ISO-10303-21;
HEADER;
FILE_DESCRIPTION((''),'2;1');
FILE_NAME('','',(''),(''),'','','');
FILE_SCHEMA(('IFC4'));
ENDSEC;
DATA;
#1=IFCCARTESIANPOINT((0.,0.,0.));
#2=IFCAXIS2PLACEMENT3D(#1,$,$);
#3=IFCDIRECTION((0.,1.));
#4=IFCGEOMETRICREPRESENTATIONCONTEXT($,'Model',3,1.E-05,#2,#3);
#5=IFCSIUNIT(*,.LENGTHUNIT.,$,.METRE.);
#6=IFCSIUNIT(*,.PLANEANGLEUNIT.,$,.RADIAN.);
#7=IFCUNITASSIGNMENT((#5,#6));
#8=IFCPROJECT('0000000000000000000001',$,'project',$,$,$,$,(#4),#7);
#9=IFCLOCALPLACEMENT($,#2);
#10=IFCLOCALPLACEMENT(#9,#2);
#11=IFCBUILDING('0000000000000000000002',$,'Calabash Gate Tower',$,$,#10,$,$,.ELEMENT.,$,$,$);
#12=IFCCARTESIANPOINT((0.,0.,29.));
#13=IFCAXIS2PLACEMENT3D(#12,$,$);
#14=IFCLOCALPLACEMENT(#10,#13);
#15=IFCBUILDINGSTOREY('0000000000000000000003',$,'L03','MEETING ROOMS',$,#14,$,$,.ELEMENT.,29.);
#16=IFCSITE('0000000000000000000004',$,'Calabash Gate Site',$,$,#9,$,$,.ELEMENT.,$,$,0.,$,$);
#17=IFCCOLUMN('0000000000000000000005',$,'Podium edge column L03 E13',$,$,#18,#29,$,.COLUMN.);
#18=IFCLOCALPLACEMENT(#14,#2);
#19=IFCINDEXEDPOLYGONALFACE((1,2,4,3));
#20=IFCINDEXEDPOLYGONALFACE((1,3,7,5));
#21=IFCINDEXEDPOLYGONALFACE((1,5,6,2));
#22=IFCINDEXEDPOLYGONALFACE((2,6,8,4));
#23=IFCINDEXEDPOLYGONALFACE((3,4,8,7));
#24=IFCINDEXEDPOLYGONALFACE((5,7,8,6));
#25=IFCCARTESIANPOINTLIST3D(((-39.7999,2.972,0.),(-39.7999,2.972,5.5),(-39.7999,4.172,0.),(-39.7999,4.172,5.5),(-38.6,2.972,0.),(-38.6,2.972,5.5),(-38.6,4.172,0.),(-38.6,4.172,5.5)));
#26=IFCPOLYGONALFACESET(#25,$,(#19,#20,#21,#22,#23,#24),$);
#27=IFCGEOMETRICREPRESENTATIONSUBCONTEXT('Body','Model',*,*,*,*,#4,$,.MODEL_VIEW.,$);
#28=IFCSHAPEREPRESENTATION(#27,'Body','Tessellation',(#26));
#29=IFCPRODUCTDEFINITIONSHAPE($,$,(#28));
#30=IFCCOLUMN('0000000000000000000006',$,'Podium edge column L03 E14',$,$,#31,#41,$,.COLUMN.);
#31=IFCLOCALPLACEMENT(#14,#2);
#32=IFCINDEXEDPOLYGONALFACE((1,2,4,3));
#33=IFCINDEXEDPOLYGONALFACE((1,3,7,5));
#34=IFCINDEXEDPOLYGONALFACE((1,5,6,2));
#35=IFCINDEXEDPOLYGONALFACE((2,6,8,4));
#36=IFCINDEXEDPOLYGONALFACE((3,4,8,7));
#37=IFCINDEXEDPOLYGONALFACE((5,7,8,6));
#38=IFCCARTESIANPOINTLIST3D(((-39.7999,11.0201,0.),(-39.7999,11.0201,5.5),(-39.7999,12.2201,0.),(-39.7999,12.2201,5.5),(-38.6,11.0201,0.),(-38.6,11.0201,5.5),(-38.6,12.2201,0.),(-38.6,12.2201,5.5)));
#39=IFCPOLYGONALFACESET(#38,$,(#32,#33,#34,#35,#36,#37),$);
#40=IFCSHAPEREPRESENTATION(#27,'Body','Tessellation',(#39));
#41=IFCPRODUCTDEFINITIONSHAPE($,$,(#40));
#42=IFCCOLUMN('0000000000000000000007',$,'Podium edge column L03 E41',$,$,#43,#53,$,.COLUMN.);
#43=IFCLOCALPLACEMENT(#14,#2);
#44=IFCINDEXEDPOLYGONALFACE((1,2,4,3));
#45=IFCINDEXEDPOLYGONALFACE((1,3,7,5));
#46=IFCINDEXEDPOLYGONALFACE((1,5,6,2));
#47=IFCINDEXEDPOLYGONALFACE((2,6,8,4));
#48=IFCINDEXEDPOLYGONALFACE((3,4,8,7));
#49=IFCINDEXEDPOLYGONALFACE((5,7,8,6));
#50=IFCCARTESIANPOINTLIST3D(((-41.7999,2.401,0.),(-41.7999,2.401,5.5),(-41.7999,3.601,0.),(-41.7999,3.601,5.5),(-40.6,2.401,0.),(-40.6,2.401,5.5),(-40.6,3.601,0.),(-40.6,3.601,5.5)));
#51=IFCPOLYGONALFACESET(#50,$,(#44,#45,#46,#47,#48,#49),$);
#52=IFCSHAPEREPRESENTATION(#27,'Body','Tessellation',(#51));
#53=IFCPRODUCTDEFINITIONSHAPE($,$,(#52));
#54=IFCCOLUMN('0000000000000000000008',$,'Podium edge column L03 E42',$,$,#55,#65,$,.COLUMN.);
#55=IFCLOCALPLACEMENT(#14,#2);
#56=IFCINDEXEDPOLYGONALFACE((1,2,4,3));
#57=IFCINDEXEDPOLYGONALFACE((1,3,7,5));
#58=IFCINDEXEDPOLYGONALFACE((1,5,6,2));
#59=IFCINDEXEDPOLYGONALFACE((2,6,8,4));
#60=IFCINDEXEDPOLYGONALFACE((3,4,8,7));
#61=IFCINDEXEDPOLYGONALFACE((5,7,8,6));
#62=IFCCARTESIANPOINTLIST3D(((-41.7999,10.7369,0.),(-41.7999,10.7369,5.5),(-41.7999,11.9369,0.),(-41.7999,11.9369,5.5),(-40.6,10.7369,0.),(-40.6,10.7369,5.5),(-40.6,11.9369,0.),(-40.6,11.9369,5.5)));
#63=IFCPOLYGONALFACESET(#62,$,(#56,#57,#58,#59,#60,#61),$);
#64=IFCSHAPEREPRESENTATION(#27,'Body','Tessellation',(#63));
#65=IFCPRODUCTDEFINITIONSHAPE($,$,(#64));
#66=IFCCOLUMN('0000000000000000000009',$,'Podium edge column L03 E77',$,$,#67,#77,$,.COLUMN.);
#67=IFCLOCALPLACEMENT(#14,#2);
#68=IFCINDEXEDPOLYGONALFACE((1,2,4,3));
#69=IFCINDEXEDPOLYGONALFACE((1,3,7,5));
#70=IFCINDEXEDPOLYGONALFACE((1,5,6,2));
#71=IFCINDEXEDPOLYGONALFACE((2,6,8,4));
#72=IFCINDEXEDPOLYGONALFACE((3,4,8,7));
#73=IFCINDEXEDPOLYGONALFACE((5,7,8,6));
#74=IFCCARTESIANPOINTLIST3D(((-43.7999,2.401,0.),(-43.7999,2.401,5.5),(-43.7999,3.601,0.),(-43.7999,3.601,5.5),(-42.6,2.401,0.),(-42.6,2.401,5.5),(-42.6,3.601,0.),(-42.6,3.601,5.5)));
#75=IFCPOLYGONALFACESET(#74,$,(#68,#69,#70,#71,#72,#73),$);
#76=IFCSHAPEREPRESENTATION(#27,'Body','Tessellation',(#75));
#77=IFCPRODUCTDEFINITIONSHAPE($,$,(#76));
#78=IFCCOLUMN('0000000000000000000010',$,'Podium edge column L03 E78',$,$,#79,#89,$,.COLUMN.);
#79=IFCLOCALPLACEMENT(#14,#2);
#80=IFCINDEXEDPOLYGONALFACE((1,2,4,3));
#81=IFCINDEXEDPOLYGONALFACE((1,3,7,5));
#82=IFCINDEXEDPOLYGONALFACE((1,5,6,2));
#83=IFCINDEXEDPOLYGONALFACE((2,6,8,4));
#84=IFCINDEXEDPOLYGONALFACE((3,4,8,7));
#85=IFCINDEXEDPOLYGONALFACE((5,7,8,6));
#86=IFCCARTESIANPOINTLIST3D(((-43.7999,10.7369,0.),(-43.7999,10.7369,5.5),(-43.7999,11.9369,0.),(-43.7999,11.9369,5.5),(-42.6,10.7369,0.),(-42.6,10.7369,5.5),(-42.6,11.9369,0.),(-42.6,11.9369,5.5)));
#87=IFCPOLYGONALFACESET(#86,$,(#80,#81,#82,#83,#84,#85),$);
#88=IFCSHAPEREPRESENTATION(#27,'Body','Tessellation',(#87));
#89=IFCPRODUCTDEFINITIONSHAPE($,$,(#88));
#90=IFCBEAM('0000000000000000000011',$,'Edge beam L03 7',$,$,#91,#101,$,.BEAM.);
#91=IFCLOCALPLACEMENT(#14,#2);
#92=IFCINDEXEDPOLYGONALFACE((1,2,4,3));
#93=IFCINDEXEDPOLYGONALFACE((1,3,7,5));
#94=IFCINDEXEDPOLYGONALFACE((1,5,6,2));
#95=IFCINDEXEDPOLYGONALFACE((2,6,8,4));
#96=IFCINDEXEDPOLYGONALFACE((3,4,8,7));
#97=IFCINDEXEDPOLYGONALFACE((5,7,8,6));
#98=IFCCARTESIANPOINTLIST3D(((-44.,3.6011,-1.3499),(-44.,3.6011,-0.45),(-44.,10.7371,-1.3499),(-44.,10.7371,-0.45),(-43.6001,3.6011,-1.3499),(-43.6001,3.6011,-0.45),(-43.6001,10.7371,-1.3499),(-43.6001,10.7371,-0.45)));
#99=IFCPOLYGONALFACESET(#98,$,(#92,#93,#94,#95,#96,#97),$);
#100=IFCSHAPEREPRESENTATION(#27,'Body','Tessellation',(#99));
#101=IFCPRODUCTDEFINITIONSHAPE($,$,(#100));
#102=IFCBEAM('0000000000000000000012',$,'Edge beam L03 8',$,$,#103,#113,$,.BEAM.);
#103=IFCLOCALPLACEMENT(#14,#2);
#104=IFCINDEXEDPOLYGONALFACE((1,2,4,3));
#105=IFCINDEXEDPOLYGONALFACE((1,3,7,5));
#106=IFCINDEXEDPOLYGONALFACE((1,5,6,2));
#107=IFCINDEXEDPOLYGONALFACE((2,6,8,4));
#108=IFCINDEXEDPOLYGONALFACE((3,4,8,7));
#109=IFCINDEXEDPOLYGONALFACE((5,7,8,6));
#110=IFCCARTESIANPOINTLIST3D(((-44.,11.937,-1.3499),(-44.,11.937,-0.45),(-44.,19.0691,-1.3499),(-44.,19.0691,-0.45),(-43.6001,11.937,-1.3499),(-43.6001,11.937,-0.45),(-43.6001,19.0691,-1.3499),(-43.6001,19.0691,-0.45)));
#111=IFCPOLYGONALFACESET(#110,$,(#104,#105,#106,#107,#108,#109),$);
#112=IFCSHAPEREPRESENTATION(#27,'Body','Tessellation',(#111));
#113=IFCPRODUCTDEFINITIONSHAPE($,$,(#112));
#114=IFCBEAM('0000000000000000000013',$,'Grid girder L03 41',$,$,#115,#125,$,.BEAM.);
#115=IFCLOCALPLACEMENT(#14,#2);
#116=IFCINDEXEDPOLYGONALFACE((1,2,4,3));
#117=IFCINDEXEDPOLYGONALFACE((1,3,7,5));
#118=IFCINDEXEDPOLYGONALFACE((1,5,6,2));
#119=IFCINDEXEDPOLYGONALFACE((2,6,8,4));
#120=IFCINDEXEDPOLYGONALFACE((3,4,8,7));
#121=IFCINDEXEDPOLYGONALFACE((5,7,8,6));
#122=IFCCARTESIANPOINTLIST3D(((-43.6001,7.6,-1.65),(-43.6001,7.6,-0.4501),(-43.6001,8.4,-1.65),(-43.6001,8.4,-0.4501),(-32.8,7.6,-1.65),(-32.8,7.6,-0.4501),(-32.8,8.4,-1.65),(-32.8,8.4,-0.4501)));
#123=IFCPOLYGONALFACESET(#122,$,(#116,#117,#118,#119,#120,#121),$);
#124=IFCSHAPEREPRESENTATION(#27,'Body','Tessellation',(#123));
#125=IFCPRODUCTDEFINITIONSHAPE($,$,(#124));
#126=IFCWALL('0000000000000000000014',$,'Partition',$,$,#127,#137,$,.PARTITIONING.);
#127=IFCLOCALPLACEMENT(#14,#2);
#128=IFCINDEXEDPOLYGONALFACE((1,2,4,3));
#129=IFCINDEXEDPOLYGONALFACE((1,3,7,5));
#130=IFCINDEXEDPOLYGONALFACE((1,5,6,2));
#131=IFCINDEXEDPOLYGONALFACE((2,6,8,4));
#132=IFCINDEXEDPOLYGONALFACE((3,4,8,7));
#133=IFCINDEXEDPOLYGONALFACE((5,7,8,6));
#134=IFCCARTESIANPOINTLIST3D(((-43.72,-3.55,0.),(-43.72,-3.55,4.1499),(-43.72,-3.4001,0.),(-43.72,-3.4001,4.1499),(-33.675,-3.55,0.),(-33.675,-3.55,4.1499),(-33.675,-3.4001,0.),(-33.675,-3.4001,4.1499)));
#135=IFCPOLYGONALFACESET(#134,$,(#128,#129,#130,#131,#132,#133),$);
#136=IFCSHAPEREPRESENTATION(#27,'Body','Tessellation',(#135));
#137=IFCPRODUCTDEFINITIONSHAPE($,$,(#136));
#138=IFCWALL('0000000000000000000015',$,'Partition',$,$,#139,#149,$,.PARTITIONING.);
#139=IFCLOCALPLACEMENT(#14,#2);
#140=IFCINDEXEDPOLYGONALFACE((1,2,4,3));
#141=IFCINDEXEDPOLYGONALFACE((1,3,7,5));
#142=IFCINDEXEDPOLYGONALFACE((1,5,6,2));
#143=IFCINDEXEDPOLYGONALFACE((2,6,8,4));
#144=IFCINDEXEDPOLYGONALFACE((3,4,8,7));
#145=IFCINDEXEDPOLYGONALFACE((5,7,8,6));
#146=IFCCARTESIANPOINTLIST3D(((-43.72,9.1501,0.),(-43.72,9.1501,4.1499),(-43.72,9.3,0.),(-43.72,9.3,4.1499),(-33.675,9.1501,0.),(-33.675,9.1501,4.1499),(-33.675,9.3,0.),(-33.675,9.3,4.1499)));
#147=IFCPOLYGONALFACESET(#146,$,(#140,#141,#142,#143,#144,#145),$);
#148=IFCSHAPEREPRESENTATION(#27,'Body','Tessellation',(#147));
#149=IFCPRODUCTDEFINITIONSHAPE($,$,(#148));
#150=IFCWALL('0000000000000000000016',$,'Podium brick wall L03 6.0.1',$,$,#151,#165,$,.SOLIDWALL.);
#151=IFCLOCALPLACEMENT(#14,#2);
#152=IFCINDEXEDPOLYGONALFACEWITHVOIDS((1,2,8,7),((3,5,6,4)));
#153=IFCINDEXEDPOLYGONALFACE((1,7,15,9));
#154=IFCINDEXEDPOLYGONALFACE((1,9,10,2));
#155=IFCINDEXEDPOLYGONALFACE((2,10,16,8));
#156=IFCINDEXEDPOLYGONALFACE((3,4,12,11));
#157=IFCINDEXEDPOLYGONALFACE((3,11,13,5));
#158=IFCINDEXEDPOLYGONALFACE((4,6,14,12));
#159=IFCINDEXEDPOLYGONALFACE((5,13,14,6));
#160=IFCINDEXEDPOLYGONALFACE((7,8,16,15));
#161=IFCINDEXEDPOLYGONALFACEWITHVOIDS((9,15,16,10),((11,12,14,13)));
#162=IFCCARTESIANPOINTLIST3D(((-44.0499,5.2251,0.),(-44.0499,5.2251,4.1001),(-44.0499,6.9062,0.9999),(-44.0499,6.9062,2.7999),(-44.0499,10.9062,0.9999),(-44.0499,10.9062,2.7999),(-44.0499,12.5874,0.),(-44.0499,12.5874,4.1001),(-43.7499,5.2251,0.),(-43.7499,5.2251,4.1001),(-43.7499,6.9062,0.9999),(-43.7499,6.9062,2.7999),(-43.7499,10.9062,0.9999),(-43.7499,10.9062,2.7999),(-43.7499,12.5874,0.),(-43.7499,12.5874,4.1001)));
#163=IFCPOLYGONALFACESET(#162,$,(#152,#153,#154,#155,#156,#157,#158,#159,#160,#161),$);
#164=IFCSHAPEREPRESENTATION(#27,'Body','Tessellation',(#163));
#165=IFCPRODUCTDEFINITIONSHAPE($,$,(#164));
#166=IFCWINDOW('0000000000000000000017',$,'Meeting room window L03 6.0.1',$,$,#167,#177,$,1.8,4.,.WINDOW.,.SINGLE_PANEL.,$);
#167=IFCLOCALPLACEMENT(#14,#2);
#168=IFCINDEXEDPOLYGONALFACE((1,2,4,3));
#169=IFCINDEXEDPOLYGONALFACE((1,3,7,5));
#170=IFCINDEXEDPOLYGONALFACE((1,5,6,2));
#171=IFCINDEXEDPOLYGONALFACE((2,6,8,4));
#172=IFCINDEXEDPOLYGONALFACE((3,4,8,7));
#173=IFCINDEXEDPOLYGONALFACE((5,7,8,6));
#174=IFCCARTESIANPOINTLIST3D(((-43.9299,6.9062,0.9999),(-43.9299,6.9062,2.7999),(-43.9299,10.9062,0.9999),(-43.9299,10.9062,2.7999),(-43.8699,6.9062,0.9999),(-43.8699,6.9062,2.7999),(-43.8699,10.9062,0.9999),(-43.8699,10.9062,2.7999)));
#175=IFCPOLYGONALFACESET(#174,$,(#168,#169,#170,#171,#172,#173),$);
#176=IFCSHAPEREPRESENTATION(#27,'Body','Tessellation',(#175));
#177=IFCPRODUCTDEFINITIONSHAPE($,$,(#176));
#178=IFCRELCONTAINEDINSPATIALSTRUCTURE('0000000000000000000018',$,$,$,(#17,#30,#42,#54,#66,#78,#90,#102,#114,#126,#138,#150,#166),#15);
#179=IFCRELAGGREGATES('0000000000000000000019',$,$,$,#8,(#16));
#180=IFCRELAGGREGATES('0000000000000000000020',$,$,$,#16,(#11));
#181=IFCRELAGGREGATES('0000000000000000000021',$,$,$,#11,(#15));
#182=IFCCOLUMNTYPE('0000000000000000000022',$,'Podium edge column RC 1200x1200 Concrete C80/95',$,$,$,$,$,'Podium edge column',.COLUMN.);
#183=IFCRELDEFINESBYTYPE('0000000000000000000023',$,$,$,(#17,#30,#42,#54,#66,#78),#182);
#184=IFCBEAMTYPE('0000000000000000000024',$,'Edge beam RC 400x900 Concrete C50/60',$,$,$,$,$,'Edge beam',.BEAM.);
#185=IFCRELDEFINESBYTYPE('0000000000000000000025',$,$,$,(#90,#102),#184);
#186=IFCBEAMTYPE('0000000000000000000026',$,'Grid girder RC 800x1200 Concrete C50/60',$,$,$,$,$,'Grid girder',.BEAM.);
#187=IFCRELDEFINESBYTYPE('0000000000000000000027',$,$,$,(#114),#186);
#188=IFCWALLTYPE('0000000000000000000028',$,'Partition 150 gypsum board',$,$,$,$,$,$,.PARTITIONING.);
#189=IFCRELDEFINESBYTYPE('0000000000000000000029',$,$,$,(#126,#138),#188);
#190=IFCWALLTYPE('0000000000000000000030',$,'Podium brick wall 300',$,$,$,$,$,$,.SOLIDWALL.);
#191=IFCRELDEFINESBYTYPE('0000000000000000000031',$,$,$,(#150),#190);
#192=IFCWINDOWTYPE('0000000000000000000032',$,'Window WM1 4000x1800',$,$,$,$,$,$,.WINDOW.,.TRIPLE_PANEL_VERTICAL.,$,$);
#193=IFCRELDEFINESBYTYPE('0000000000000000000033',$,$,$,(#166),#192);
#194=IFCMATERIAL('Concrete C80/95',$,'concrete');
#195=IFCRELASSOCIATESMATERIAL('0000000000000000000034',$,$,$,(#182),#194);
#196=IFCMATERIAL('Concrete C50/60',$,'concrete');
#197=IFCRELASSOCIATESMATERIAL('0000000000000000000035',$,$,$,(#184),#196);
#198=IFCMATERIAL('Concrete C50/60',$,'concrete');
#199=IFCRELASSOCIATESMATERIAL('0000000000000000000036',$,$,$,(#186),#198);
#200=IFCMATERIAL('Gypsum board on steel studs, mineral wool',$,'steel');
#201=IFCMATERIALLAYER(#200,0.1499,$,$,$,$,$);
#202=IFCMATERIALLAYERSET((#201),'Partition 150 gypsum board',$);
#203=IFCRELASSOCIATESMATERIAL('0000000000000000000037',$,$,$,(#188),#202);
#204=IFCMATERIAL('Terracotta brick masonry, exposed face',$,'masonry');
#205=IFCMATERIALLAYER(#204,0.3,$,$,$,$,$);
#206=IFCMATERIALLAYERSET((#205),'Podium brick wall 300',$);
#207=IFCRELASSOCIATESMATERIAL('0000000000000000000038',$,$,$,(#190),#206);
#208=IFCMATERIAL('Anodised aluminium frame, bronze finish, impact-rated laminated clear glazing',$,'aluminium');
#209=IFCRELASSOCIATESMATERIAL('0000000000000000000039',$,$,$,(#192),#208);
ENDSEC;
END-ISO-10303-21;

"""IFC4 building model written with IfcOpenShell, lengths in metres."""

from ifc_helpers import new_model, si_unit, direction, frame, frame_2d, origin, origin_2d, place, context, subcontext, project, spatial, rectangle, extrude, material, layer, layer_set, material_profile, profile_set, type_object, element, fill, save


model = new_model("IFC4")

# Units and contexts
model_context = context("Model", 3, precision=1e-05, world=origin(), true_north=direction((0.0, 1.0)))
body_context = subcontext(model_context, "Body", "Model", "MODEL_VIEW")
ifc_project = project(units=[si_unit("LENGTHUNIT", "METRE"), si_unit("PLANEANGLEUNIT", "RADIAN")], contexts=[model_context])

# Site, building, storey
site_placement = place(None, origin())
site = spatial("IfcSite", under=ifc_project, at=site_placement, Name="Calabash Gate Site", CompositionType="ELEMENT", RefElevation=0.0)
building_placement = place(site_placement, origin())
building = spatial("IfcBuilding", under=site, at=building_placement, Name="Calabash Gate Tower", CompositionType="ELEMENT")
storey_placement = place(building_placement, frame((0.0, 0.0, 29.0)))
storey = spatial("IfcBuildingStorey", under=building, at=storey_placement, Name="L03", Description="MEETING ROOMS", CompositionType="ELEMENT", Elevation=29.0)

# Columns
ifc_material_1 = material(Name="Concrete C80/95", Category="concrete")
ifc_material_profile_1 = material_profile(ifc_material_1, rectangle(XDim=1.2, YDim=1.2, at=origin_2d()))
ifc_profile_set_1 = profile_set([ifc_material_profile_1], Name="Concrete C80/95")
column_type = type_object("IfcColumnType", Name="Podium edge column RC 1200x1200 Concrete C80/95", ElementType="Podium edge column", PredefinedType="COLUMN", material=ifc_profile_set_1)
for number, where, z_axis, x_axis, name in (
    (1, (-39.2, 3.572, 0.0), (0.0, 0.0, 1.0), (1.0, 0.0, 0.0), "Podium edge column L03 E13"),
    (2, (-39.2, 11.6201, 0.0), (0.0, 0.0, 1.0), (1.0, 0.0, 0.0), "Podium edge column L03 E14"),
    (3, (-41.2, 3.001, 0.0), (0.0, 0.0, 1.0), (1.0, 0.0, 0.0), "Podium edge column L03 E41"),
    (4, (-41.2, 11.3369, 0.0), (0.0, 0.0, 1.0), (1.0, 0.0, 0.0), "Podium edge column L03 E42"),
    (5, (-43.2, 3.001, 0.0), (0.0, 0.0, 1.0), (1.0, 0.0, 0.0), "Podium edge column L03 E77"),
    (6, (-43.2, 11.3369, 0.0), (0.0, 0.0, 1.0), (1.0, 0.0, 0.0), "Podium edge column L03 E78"),
):
    element("IfcColumn", number, at=place(storey_placement, frame(where, z_axis=z_axis, x_axis=x_axis)), inside=storey, type_object=column_type, Name=name, PredefinedType="COLUMN", context=body_context, shape_type="SweptSolid", body=[
        extrude(rectangle(XDim=1.2, YDim=1.2, at=origin_2d()), origin(), (0.0, 0.0, 1.0), 5.5),
    ])

# Beams
ifc_material_2 = material(Name="Concrete C50/60", Category="concrete")
ifc_material_profile_2 = material_profile(ifc_material_2, rectangle(XDim=0.3999, YDim=0.8999, at=origin_2d()))
ifc_profile_set_2 = profile_set([ifc_material_profile_2], Name="Concrete C50/60")
beam_type_1 = type_object("IfcBeamType", Name="Edge beam RC 400x900 Concrete C50/60", ElementType="Edge beam", PredefinedType="BEAM", material=ifc_profile_set_2)
beam_1_placement = place(storey_placement, frame((-43.8, 3.6011, -0.8999), z_axis=(0.0, 1.0, 0.0), x_axis=(-1.0, 0.0, 0.0)))
element("IfcBeam", 7, at=beam_1_placement, inside=storey, type_object=beam_type_1, Name="Edge beam L03 7", PredefinedType="BEAM", context=body_context, shape_type="SweptSolid", body=[
    extrude(rectangle(XDim=0.3999, YDim=0.8999, at=origin_2d()), origin(), (0.0, 0.0, 1.0), 7.136),
])
beam_2_placement = place(storey_placement, frame((-43.8, 11.937, -0.8999), z_axis=(0.0, 1.0, 0.0), x_axis=(-1.0, 0.0, 0.0)))
element("IfcBeam", 8, at=beam_2_placement, inside=storey, type_object=beam_type_1, Name="Edge beam L03 8", PredefinedType="BEAM", context=body_context, shape_type="SweptSolid", body=[
    extrude(rectangle(XDim=0.3999, YDim=0.8999, at=origin_2d()), origin(), (0.0, 0.0, 1.0), 7.1321),
])
ifc_material_3 = material(Name="Concrete C50/60", Category="concrete")
ifc_material_profile_3 = material_profile(ifc_material_3, rectangle(XDim=0.8, YDim=1.2, at=origin_2d()))
ifc_profile_set_3 = profile_set([ifc_material_profile_3], Name="Concrete C50/60")
beam_type_2 = type_object("IfcBeamType", Name="Grid girder RC 800x1200 Concrete C50/60", ElementType="Grid girder", PredefinedType="BEAM", material=ifc_profile_set_3)
beam_3_placement = place(storey_placement, frame((-43.6001, 8.0, -1.05), z_axis=(1.0, 0.0, 0.0), x_axis=(0.0, 1.0, 0.0)))
element("IfcBeam", 9, at=beam_3_placement, inside=storey, type_object=beam_type_2, Name="Grid girder L03 41", PredefinedType="BEAM", context=body_context, shape_type="SweptSolid", body=[
    extrude(rectangle(XDim=0.8, YDim=1.2, at=origin_2d()), origin(), (0.0, 0.0, 1.0), 10.8),
])

# Walls
ifc_material_4 = material(Name="Gypsum board on steel studs, mineral wool", Category="steel")
ifc_layer_1 = layer(ifc_material_4, 0.1499)
ifc_layer_set_1 = layer_set([ifc_layer_1], Name="Partition 150 gypsum board")
wall_type_1 = type_object("IfcWallType", Name="Partition 150 gypsum board", PredefinedType="PARTITIONING", material=ifc_layer_set_1)
for number, where, z_axis, x_axis, name in (
    (10, (-43.72, -3.4751, 0.0), (0.0, 0.0, 1.0), (1.0, 0.0, 0.0), "Partition"),
    (11, (-43.72, 9.2251, 0.0), (0.0, 0.0, 1.0), (1.0, 0.0, 0.0), "Partition"),
):
    element("IfcWall", number, at=place(storey_placement, frame(where, z_axis=z_axis, x_axis=x_axis)), inside=storey, type_object=wall_type_1, Name=name, PredefinedType="PARTITIONING", context=body_context, shape_type="SweptSolid", body=[
        extrude(rectangle(XDim=10.0449, YDim=0.1499, at=frame_2d((5.0225, 0.0))), origin(), (0.0, 0.0, 1.0), 4.1499),
    ])

# Wall, opening, window
ifc_material_5 = material(Name="Terracotta brick masonry, exposed face", Category="masonry")
ifc_layer_2 = layer(ifc_material_5, 0.3)
ifc_layer_set_2 = layer_set([ifc_layer_2], Name="Podium brick wall 300")
wall_type_2 = type_object("IfcWallType", Name="Podium brick wall 300", PredefinedType="SOLIDWALL", material=ifc_layer_set_2)
wall_1_placement = place(storey_placement, frame((-43.8999, 12.5874, 0.0), z_axis=(0.0, 0.0, 1.0), x_axis=(0.0, -1.0, 0.0)))
wall_1 = element("IfcWall", 12, at=wall_1_placement, inside=storey, type_object=wall_type_2, Name="Podium brick wall L03 6.0.1", PredefinedType="SOLIDWALL", context=body_context, shape_type="SweptSolid", body=[
    extrude(rectangle(XDim=7.3623, YDim=0.3, at=frame_2d((3.6812, 0.0))), origin(), (0.0, 0.0, 1.0), 4.1001),
])
opening_1_placement = place(wall_1_placement, frame((1.6812, 0.0, 1.0)))
opening_1 = element("IfcOpeningElement", 13, at=opening_1_placement, cuts=wall_1, PredefinedType="OPENING", context=body_context, shape_type="SweptSolid", body=[
    extrude(rectangle(XDim=4.0, YDim=1.8, at=frame_2d((2.0, 0.8999))), frame((0.0, 0.1599, 0.0), z_axis=(0.0, -1.0, 0.0), x_axis=(1.0, 0.0, 0.0)), (0.0, 0.0, 1.0), 0.3201),
])
ifc_material_6 = material(Name="Anodised aluminium frame, bronze finish, impact-rated laminated clear glazing", Category="aluminium")
window_type = type_object("IfcWindowType", Name="Window WM1 4000x1800", PartitioningType="TRIPLE_PANEL_VERTICAL", PredefinedType="WINDOW", material=ifc_material_6)
window_1_placement = place(opening_1_placement, origin())
window_1 = element("IfcWindow", 14, at=window_1_placement, inside=storey, type_object=window_type, Name="Meeting room window L03 6.0.1", OverallHeight=1.8, OverallWidth=4.0, PartitioningType="SINGLE_PANEL", PredefinedType="WINDOW", context=body_context, shape_type="SweptSolid", body=[
    extrude(rectangle(XDim=4.0, YDim=1.8, at=frame_2d((2.0, 0.8999))), frame((0.0, 0.03, 0.0), z_axis=(0.0, -1.0, 0.0), x_axis=(1.0, 0.0, 0.0)), (0.0, 0.0, 1.0), 0.0601),
])
fill(opening_1, window_1)

save(model, "model.ifc")
